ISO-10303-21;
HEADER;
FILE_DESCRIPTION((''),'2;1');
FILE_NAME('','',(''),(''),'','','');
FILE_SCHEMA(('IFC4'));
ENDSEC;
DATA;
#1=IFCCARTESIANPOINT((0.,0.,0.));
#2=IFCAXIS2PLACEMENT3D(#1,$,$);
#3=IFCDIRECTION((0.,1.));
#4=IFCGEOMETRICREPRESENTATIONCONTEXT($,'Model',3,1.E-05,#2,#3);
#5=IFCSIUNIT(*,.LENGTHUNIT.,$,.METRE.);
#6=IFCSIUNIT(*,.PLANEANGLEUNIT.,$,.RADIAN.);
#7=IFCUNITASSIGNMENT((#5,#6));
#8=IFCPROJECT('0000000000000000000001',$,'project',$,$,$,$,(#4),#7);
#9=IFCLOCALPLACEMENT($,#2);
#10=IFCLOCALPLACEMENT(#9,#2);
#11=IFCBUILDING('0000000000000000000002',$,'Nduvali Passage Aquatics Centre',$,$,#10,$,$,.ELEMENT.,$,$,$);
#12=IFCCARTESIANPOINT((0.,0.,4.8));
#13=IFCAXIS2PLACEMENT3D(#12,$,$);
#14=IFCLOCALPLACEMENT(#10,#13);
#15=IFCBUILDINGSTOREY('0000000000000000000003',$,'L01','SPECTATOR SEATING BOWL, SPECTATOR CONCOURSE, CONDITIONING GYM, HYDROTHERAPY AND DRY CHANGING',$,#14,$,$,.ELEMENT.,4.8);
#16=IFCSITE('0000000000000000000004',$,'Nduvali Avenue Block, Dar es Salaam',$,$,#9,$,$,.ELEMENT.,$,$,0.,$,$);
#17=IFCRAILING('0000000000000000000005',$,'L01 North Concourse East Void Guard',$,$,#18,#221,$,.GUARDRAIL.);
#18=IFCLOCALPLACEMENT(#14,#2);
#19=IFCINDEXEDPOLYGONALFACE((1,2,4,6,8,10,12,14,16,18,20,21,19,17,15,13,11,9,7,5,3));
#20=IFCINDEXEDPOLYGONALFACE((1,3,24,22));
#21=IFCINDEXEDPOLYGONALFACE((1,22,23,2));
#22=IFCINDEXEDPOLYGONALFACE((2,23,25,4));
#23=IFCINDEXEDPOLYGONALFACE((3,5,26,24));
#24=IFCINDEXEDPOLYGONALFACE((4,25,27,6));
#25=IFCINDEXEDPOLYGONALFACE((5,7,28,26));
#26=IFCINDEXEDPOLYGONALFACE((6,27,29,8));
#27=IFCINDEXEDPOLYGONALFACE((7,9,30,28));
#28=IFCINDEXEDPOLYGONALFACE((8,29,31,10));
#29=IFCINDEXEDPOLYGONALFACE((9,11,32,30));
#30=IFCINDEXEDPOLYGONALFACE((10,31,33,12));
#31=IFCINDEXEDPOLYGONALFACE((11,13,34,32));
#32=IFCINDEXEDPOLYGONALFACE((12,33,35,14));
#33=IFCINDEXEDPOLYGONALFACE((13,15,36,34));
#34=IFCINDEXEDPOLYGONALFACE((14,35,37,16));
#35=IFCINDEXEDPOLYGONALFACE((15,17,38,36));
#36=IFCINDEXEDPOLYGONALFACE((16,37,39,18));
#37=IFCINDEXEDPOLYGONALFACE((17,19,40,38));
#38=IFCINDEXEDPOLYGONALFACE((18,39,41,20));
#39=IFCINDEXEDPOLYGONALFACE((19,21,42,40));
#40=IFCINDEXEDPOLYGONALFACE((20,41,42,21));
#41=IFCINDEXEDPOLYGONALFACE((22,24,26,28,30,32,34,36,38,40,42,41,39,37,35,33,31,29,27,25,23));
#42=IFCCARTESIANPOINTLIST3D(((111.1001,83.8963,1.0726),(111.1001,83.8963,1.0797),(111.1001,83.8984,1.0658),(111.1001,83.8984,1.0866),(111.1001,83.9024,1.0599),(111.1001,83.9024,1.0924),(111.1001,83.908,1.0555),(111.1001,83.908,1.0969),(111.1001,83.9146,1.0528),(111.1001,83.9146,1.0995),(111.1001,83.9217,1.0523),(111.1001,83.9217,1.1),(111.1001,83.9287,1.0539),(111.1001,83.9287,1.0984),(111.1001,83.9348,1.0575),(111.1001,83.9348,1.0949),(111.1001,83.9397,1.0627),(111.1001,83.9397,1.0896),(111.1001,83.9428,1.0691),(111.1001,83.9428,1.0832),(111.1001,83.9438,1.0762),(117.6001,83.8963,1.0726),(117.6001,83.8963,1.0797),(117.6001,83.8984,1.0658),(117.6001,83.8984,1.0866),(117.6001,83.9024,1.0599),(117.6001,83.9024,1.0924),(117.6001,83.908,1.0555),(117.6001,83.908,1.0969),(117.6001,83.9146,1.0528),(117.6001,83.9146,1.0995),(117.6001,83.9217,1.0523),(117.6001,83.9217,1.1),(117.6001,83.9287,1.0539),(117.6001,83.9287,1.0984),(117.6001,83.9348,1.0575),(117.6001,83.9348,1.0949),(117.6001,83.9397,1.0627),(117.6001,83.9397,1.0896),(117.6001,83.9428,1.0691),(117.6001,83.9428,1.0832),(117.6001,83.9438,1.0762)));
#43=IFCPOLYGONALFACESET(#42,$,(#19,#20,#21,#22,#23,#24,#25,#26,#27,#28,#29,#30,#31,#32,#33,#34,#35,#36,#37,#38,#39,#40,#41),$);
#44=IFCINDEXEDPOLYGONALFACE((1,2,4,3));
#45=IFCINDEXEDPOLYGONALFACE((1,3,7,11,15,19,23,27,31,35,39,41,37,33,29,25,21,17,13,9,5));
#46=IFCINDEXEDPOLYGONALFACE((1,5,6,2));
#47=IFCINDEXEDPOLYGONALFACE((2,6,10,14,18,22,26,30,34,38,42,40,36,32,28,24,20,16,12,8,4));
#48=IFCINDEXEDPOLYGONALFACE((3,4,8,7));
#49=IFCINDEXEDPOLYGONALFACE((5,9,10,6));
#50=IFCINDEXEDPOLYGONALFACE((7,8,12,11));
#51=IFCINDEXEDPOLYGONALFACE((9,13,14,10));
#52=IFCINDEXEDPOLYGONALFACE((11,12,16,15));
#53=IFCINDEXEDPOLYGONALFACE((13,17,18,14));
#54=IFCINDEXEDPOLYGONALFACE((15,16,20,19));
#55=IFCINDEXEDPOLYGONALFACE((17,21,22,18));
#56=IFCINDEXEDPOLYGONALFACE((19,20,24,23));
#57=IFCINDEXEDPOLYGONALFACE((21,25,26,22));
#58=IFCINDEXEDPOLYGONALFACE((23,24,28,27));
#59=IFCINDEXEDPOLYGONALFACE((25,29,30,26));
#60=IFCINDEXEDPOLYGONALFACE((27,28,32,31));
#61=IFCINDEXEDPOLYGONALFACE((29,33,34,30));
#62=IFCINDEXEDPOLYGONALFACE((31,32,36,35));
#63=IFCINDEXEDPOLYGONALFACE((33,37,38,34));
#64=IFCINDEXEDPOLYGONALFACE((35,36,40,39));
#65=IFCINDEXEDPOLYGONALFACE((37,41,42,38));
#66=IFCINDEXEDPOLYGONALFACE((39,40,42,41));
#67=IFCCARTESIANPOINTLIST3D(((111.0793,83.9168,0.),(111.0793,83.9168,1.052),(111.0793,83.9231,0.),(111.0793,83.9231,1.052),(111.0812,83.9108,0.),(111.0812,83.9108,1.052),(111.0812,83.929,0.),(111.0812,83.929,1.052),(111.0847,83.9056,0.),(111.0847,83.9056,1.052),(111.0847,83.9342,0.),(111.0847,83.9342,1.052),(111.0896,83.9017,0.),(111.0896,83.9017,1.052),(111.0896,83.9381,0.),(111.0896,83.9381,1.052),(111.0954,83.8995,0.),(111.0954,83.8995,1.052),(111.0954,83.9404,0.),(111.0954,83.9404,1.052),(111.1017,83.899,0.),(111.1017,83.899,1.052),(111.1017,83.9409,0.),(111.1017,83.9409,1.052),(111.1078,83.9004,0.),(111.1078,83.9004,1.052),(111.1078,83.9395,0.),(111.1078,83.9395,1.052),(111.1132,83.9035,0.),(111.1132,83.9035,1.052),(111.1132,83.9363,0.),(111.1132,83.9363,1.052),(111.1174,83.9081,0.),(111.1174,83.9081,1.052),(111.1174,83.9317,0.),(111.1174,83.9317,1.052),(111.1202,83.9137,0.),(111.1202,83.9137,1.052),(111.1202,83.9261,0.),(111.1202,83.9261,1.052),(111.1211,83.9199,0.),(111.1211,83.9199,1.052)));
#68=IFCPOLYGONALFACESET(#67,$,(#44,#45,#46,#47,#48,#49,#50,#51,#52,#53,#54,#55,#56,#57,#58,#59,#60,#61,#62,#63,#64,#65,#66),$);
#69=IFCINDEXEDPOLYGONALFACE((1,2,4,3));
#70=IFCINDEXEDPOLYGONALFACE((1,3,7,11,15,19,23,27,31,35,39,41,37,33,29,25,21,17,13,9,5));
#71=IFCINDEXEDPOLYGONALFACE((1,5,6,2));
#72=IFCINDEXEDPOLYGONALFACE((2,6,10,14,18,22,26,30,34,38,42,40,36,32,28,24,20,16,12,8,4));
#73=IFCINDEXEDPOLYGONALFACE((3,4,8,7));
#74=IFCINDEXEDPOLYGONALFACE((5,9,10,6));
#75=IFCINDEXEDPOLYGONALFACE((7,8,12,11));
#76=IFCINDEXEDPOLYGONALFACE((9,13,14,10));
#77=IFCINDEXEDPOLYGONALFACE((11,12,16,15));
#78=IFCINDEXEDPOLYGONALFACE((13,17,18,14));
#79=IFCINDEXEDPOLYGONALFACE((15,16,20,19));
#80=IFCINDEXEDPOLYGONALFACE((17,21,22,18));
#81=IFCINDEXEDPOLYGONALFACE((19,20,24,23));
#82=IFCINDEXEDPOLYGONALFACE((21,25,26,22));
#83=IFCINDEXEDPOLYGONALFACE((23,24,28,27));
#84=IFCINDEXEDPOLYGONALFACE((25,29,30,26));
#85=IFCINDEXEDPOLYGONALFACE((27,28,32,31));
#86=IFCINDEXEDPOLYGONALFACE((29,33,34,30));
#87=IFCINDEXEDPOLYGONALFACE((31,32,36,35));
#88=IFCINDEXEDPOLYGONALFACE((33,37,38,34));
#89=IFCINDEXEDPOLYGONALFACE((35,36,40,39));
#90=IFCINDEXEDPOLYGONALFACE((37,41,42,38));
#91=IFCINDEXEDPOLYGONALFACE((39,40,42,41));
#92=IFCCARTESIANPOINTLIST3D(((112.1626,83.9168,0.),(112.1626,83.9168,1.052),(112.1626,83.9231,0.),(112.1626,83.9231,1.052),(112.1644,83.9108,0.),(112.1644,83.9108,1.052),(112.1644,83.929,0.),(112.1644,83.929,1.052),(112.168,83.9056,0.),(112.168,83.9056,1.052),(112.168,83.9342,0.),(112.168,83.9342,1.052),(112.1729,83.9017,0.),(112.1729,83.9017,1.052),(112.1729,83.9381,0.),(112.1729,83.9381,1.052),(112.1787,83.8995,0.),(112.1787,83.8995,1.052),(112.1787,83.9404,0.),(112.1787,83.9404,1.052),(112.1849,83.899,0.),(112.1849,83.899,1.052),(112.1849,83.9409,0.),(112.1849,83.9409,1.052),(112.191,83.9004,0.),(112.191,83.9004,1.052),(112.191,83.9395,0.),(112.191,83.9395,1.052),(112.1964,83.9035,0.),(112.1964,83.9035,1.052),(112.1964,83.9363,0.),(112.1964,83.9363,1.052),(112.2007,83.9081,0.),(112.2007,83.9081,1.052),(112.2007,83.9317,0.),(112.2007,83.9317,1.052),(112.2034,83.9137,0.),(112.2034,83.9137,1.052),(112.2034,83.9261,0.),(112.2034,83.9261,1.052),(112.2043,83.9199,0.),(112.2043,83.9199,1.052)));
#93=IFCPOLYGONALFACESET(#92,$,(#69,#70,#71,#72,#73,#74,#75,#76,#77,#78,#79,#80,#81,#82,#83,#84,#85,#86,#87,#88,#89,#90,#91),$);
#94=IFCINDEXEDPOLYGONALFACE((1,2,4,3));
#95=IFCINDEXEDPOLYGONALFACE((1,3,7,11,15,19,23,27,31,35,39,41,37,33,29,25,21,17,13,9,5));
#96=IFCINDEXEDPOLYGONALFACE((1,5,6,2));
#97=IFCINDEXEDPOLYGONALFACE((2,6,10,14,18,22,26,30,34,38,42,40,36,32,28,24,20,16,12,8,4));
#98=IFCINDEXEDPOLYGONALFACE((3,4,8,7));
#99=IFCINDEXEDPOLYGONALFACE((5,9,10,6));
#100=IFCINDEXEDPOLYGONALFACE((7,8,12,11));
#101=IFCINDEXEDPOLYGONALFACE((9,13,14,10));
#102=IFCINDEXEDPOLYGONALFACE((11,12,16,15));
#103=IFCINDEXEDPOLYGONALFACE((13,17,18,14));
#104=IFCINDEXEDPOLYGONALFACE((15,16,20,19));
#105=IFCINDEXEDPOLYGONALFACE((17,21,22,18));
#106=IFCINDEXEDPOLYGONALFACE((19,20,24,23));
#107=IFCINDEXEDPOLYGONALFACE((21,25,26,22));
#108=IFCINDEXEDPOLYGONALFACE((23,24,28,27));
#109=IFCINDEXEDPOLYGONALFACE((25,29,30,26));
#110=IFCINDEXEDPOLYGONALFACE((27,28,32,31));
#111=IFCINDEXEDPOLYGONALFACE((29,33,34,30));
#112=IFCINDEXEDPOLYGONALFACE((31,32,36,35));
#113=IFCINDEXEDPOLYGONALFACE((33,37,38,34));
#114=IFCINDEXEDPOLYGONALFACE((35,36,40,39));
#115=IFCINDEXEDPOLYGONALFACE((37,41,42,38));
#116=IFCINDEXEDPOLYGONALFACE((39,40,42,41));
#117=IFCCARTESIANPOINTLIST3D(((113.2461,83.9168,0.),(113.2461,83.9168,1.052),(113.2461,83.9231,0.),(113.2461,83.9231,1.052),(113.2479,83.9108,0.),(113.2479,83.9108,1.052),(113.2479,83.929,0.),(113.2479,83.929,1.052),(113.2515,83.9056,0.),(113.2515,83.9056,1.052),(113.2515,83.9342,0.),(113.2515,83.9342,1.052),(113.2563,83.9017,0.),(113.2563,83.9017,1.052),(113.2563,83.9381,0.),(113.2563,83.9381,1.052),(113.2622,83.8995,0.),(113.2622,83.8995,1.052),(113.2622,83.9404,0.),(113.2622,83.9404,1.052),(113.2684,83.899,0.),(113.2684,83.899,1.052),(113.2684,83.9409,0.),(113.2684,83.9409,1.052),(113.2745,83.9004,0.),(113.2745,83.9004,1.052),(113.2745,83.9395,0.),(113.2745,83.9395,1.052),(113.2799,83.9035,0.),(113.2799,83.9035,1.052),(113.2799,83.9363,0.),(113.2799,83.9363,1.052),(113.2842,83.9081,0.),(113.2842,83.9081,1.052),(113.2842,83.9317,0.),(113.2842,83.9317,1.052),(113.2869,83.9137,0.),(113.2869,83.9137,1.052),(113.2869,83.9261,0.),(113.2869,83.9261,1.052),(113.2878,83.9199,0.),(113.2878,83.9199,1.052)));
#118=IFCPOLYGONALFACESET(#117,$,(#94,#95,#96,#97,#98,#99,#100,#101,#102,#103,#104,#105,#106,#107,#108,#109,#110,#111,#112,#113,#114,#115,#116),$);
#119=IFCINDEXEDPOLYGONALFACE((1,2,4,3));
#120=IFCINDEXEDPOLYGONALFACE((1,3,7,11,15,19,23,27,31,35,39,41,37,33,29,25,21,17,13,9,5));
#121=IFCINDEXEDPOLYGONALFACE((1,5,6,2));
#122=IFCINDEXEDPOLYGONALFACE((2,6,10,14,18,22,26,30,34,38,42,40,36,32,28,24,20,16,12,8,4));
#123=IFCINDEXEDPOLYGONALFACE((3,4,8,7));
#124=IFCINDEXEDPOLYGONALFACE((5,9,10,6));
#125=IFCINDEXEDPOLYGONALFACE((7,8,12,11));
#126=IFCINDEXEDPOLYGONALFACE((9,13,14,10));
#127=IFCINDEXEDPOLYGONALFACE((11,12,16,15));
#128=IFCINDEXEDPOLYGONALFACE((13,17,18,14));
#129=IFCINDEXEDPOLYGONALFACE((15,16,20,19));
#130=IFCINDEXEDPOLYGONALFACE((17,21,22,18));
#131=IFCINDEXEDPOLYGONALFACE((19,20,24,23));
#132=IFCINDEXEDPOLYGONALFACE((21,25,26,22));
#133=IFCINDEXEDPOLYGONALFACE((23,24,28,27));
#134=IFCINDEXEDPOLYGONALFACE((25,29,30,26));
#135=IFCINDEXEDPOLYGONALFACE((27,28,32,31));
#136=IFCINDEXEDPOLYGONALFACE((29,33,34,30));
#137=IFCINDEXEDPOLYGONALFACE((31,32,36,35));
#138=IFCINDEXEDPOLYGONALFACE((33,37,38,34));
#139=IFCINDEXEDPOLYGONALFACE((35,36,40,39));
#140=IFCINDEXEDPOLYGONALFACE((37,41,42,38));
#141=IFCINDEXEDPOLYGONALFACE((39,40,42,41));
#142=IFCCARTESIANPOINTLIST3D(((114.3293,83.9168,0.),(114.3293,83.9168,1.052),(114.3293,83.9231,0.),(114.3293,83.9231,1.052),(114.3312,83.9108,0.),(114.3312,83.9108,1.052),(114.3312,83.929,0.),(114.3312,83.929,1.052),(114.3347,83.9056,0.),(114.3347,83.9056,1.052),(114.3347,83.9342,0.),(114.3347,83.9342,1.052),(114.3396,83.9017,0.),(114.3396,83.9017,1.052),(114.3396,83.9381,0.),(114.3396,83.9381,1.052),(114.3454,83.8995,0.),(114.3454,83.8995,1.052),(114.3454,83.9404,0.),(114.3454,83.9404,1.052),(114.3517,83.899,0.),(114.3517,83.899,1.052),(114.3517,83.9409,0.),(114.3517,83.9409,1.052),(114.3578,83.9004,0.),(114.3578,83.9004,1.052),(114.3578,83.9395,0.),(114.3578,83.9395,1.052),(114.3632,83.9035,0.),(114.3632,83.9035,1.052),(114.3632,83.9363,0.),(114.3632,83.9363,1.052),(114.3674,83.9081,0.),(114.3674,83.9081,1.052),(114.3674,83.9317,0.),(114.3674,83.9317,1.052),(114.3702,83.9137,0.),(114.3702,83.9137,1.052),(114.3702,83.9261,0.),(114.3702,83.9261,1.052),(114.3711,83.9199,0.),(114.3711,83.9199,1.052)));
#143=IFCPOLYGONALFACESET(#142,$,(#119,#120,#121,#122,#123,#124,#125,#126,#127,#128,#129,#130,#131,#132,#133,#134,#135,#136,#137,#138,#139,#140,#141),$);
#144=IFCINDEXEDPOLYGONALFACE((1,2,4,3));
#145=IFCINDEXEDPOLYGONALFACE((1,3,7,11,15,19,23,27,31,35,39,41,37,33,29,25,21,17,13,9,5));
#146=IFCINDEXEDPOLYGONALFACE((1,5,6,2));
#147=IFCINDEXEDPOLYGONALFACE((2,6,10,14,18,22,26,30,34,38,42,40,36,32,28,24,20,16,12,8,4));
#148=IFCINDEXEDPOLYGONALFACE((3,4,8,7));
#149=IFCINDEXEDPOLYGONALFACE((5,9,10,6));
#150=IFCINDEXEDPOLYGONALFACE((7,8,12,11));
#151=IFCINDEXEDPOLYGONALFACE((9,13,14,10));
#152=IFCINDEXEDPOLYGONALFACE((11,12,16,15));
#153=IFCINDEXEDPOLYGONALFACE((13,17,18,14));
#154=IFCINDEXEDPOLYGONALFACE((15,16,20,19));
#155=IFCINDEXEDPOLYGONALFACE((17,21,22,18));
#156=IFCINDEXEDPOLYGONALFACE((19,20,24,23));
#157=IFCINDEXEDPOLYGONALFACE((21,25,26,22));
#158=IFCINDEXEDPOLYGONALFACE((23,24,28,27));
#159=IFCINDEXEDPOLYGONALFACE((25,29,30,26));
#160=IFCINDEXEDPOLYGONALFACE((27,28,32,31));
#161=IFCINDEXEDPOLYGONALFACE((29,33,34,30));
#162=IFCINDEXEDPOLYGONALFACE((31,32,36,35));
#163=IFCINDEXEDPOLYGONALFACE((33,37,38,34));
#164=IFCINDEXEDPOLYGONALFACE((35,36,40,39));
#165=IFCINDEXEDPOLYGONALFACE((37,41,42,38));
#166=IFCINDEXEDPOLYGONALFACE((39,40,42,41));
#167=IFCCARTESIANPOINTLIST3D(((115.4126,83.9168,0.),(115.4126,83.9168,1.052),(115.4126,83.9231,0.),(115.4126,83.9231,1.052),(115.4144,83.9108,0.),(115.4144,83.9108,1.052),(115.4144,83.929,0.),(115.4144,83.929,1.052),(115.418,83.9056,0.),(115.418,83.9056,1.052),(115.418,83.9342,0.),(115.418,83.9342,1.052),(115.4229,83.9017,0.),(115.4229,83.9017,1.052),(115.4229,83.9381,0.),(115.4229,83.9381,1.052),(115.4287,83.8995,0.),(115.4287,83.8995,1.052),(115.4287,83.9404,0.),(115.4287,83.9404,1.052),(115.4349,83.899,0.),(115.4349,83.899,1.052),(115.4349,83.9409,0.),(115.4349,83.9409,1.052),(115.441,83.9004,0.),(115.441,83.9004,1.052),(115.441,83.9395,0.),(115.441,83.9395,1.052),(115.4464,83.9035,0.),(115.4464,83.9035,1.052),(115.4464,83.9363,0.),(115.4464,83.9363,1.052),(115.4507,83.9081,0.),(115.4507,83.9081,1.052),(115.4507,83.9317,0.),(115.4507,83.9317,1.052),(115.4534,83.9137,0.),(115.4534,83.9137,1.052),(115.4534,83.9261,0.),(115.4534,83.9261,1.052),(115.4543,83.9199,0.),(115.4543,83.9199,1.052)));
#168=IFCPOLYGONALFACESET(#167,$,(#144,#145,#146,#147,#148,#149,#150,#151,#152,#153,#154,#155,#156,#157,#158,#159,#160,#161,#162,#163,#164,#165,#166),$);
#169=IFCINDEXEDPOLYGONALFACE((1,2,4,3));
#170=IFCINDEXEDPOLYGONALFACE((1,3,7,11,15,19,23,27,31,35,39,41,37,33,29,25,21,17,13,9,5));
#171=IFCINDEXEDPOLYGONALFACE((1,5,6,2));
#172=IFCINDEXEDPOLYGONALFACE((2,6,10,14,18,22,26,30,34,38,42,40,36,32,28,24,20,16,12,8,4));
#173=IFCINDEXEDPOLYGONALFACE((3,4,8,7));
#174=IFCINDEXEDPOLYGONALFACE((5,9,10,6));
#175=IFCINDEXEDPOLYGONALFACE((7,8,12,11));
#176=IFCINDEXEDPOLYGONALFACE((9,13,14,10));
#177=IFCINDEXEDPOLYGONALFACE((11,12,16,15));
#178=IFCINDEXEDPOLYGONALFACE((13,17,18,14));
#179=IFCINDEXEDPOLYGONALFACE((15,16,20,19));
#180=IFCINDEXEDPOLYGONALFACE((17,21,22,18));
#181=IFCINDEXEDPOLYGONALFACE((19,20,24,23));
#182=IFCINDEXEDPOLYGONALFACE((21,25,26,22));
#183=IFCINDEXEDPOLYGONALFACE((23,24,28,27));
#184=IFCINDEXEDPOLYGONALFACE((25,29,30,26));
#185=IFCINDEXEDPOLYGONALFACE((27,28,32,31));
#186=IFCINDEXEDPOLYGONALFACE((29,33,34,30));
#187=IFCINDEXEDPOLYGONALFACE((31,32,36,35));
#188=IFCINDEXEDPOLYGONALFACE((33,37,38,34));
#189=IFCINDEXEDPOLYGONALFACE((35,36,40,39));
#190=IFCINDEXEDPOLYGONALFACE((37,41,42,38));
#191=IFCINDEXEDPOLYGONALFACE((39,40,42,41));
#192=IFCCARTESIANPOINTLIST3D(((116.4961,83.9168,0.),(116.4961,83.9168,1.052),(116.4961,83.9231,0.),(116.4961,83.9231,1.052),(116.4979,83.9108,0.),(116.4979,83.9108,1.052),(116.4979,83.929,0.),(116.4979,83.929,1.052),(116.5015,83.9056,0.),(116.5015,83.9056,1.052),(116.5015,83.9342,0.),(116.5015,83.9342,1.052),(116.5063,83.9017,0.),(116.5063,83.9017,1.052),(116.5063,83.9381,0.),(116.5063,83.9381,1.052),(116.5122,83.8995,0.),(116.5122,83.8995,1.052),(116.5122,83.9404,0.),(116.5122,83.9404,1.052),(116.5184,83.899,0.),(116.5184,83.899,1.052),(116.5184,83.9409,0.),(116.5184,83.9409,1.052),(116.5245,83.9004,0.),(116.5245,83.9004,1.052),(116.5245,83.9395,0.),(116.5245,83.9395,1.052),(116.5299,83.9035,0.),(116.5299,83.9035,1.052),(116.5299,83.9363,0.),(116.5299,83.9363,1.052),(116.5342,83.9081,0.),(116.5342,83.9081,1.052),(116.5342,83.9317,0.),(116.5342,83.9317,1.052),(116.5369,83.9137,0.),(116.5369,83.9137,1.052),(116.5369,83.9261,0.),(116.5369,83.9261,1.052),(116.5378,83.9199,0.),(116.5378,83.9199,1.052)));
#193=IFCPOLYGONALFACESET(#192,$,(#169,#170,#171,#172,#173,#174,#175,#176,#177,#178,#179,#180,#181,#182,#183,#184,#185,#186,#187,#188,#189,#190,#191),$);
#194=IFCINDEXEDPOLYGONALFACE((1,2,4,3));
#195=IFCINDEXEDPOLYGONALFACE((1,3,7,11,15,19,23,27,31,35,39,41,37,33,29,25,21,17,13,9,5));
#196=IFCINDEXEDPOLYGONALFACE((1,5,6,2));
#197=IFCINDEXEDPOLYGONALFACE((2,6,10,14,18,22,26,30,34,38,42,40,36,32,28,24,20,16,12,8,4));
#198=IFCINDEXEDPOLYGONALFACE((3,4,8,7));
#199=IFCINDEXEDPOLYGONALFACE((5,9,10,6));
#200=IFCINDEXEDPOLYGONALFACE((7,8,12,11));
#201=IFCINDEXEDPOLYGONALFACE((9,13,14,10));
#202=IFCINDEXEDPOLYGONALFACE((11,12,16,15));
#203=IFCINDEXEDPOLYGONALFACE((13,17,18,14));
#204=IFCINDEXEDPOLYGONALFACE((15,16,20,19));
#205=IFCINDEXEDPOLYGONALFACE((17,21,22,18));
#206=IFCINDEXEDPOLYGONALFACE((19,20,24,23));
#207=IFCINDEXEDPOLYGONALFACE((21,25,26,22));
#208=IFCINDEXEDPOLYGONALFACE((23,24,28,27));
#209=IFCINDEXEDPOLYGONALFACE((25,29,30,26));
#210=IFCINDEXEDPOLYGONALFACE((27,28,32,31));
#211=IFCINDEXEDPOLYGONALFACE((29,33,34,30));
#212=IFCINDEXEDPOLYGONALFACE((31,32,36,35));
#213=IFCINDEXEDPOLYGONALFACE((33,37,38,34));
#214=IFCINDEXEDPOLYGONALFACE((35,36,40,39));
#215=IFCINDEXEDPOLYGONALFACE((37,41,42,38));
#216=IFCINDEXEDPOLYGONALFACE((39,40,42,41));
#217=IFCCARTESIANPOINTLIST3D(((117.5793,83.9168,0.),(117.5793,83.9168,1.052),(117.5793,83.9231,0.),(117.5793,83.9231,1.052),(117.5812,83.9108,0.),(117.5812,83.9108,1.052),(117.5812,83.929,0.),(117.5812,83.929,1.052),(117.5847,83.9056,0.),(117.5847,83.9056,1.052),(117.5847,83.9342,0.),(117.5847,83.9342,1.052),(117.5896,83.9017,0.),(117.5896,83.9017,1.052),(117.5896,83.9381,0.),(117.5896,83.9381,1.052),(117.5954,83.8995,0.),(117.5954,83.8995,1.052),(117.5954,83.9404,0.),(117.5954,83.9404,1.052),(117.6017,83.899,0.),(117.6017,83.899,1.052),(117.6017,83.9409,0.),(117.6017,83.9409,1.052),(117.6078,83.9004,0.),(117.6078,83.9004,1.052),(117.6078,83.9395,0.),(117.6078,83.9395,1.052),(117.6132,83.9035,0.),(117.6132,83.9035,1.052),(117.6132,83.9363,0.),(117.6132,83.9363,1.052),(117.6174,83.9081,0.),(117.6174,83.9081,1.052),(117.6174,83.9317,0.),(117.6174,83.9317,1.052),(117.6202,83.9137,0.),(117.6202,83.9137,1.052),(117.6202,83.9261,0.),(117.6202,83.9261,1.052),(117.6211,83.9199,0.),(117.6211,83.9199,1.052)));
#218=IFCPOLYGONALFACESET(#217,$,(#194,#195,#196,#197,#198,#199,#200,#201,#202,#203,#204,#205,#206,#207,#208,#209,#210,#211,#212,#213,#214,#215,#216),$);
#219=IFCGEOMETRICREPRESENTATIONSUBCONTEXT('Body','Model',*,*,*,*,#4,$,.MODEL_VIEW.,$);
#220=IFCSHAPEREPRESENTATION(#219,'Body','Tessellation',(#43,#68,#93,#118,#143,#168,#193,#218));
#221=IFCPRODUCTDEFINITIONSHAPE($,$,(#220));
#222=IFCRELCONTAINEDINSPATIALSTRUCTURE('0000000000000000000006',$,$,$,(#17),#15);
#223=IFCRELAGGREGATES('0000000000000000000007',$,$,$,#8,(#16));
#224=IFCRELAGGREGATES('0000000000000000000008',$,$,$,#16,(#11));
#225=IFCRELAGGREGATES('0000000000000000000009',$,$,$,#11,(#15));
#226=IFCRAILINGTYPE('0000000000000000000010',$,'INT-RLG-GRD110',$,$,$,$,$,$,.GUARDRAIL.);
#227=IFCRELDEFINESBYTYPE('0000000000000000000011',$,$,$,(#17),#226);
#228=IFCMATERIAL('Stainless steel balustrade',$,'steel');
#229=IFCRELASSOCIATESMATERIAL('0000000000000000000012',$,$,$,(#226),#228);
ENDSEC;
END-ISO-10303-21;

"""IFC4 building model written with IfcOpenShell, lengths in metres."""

from ifc_helpers import new_model, si_unit, direction, frame, origin, origin_2d, place, context, subcontext, project, spatial, circle, extrude, material, type_object, element, save


model = new_model("IFC4")

# Units and contexts
model_context = context("Model", 3, precision=1e-05, world=origin(), true_north=direction((0.0, 1.0)))
body_context = subcontext(model_context, "Body", "Model", "MODEL_VIEW")
ifc_project = project(units=[si_unit("LENGTHUNIT", "METRE"), si_unit("PLANEANGLEUNIT", "RADIAN")], contexts=[model_context])

# Site, building, storey
site_placement = place(None, origin())
site = spatial("IfcSite", under=ifc_project, at=site_placement, Name="Nduvali Avenue Block, Dar es Salaam", CompositionType="ELEMENT", RefElevation=0.0)
building_placement = place(site_placement, origin())
building = spatial("IfcBuilding", under=site, at=building_placement, Name="Nduvali Passage Aquatics Centre", CompositionType="ELEMENT")
storey_placement = place(building_placement, frame((0.0, 0.0, 4.8)))
storey = spatial("IfcBuildingStorey", under=building, at=storey_placement, Name="L01", Description="SPECTATOR SEATING BOWL, SPECTATOR CONCOURSE, CONDITIONING GYM, HYDROTHERAPY AND DRY CHANGING", CompositionType="ELEMENT", Elevation=4.8)

# Railing
ifc_material_1 = material(Name="Stainless steel balustrade", Category="steel")
railing_type_1 = type_object("IfcRailingType", Name="INT-RLG-GRD110", PredefinedType="GUARDRAIL", material=ifc_material_1)
railing_placement = place(storey_placement, frame((111.1001, 83.9199, 0.0)))
element("IfcRailing", 1, at=railing_placement, inside=storey, type_object=railing_type_1, Name="L01 North Concourse East Void Guard", PredefinedType="GUARDRAIL", context=body_context, shape_type="SweptSolid", body=[
    extrude(circle(Radius=0.0239, at=origin_2d()), frame((0.0, 0.0, 1.0762), z_axis=(1.0, 0.0, 0.0), x_axis=(0.0, 1.0, 0.0)), (0.0, 0.0, 1.0), 6.5),
    extrude(circle(Radius=0.021, at=origin_2d()), origin(), (0.0, 0.0, 1.0), 1.052),
    extrude(circle(Radius=0.021, at=origin_2d()), frame((1.0833, 0.0, 0.0)), (0.0, 0.0, 1.0), 1.052),
    extrude(circle(Radius=0.021, at=origin_2d()), frame((2.1667, 0.0, 0.0)), (0.0, 0.0, 1.0), 1.052),
    extrude(circle(Radius=0.021, at=origin_2d()), frame((3.25, 0.0, 0.0)), (0.0, 0.0, 1.0), 1.052),
    extrude(circle(Radius=0.021, at=origin_2d()), frame((4.3333, 0.0, 0.0)), (0.0, 0.0, 1.0), 1.052),
    extrude(circle(Radius=0.021, at=origin_2d()), frame((5.4167, 0.0, 0.0)), (0.0, 0.0, 1.0), 1.052),
    extrude(circle(Radius=0.021, at=origin_2d()), frame((6.5, 0.0, 0.0)), (0.0, 0.0, 1.0), 1.052),
])

save(model, "model.ifc")
